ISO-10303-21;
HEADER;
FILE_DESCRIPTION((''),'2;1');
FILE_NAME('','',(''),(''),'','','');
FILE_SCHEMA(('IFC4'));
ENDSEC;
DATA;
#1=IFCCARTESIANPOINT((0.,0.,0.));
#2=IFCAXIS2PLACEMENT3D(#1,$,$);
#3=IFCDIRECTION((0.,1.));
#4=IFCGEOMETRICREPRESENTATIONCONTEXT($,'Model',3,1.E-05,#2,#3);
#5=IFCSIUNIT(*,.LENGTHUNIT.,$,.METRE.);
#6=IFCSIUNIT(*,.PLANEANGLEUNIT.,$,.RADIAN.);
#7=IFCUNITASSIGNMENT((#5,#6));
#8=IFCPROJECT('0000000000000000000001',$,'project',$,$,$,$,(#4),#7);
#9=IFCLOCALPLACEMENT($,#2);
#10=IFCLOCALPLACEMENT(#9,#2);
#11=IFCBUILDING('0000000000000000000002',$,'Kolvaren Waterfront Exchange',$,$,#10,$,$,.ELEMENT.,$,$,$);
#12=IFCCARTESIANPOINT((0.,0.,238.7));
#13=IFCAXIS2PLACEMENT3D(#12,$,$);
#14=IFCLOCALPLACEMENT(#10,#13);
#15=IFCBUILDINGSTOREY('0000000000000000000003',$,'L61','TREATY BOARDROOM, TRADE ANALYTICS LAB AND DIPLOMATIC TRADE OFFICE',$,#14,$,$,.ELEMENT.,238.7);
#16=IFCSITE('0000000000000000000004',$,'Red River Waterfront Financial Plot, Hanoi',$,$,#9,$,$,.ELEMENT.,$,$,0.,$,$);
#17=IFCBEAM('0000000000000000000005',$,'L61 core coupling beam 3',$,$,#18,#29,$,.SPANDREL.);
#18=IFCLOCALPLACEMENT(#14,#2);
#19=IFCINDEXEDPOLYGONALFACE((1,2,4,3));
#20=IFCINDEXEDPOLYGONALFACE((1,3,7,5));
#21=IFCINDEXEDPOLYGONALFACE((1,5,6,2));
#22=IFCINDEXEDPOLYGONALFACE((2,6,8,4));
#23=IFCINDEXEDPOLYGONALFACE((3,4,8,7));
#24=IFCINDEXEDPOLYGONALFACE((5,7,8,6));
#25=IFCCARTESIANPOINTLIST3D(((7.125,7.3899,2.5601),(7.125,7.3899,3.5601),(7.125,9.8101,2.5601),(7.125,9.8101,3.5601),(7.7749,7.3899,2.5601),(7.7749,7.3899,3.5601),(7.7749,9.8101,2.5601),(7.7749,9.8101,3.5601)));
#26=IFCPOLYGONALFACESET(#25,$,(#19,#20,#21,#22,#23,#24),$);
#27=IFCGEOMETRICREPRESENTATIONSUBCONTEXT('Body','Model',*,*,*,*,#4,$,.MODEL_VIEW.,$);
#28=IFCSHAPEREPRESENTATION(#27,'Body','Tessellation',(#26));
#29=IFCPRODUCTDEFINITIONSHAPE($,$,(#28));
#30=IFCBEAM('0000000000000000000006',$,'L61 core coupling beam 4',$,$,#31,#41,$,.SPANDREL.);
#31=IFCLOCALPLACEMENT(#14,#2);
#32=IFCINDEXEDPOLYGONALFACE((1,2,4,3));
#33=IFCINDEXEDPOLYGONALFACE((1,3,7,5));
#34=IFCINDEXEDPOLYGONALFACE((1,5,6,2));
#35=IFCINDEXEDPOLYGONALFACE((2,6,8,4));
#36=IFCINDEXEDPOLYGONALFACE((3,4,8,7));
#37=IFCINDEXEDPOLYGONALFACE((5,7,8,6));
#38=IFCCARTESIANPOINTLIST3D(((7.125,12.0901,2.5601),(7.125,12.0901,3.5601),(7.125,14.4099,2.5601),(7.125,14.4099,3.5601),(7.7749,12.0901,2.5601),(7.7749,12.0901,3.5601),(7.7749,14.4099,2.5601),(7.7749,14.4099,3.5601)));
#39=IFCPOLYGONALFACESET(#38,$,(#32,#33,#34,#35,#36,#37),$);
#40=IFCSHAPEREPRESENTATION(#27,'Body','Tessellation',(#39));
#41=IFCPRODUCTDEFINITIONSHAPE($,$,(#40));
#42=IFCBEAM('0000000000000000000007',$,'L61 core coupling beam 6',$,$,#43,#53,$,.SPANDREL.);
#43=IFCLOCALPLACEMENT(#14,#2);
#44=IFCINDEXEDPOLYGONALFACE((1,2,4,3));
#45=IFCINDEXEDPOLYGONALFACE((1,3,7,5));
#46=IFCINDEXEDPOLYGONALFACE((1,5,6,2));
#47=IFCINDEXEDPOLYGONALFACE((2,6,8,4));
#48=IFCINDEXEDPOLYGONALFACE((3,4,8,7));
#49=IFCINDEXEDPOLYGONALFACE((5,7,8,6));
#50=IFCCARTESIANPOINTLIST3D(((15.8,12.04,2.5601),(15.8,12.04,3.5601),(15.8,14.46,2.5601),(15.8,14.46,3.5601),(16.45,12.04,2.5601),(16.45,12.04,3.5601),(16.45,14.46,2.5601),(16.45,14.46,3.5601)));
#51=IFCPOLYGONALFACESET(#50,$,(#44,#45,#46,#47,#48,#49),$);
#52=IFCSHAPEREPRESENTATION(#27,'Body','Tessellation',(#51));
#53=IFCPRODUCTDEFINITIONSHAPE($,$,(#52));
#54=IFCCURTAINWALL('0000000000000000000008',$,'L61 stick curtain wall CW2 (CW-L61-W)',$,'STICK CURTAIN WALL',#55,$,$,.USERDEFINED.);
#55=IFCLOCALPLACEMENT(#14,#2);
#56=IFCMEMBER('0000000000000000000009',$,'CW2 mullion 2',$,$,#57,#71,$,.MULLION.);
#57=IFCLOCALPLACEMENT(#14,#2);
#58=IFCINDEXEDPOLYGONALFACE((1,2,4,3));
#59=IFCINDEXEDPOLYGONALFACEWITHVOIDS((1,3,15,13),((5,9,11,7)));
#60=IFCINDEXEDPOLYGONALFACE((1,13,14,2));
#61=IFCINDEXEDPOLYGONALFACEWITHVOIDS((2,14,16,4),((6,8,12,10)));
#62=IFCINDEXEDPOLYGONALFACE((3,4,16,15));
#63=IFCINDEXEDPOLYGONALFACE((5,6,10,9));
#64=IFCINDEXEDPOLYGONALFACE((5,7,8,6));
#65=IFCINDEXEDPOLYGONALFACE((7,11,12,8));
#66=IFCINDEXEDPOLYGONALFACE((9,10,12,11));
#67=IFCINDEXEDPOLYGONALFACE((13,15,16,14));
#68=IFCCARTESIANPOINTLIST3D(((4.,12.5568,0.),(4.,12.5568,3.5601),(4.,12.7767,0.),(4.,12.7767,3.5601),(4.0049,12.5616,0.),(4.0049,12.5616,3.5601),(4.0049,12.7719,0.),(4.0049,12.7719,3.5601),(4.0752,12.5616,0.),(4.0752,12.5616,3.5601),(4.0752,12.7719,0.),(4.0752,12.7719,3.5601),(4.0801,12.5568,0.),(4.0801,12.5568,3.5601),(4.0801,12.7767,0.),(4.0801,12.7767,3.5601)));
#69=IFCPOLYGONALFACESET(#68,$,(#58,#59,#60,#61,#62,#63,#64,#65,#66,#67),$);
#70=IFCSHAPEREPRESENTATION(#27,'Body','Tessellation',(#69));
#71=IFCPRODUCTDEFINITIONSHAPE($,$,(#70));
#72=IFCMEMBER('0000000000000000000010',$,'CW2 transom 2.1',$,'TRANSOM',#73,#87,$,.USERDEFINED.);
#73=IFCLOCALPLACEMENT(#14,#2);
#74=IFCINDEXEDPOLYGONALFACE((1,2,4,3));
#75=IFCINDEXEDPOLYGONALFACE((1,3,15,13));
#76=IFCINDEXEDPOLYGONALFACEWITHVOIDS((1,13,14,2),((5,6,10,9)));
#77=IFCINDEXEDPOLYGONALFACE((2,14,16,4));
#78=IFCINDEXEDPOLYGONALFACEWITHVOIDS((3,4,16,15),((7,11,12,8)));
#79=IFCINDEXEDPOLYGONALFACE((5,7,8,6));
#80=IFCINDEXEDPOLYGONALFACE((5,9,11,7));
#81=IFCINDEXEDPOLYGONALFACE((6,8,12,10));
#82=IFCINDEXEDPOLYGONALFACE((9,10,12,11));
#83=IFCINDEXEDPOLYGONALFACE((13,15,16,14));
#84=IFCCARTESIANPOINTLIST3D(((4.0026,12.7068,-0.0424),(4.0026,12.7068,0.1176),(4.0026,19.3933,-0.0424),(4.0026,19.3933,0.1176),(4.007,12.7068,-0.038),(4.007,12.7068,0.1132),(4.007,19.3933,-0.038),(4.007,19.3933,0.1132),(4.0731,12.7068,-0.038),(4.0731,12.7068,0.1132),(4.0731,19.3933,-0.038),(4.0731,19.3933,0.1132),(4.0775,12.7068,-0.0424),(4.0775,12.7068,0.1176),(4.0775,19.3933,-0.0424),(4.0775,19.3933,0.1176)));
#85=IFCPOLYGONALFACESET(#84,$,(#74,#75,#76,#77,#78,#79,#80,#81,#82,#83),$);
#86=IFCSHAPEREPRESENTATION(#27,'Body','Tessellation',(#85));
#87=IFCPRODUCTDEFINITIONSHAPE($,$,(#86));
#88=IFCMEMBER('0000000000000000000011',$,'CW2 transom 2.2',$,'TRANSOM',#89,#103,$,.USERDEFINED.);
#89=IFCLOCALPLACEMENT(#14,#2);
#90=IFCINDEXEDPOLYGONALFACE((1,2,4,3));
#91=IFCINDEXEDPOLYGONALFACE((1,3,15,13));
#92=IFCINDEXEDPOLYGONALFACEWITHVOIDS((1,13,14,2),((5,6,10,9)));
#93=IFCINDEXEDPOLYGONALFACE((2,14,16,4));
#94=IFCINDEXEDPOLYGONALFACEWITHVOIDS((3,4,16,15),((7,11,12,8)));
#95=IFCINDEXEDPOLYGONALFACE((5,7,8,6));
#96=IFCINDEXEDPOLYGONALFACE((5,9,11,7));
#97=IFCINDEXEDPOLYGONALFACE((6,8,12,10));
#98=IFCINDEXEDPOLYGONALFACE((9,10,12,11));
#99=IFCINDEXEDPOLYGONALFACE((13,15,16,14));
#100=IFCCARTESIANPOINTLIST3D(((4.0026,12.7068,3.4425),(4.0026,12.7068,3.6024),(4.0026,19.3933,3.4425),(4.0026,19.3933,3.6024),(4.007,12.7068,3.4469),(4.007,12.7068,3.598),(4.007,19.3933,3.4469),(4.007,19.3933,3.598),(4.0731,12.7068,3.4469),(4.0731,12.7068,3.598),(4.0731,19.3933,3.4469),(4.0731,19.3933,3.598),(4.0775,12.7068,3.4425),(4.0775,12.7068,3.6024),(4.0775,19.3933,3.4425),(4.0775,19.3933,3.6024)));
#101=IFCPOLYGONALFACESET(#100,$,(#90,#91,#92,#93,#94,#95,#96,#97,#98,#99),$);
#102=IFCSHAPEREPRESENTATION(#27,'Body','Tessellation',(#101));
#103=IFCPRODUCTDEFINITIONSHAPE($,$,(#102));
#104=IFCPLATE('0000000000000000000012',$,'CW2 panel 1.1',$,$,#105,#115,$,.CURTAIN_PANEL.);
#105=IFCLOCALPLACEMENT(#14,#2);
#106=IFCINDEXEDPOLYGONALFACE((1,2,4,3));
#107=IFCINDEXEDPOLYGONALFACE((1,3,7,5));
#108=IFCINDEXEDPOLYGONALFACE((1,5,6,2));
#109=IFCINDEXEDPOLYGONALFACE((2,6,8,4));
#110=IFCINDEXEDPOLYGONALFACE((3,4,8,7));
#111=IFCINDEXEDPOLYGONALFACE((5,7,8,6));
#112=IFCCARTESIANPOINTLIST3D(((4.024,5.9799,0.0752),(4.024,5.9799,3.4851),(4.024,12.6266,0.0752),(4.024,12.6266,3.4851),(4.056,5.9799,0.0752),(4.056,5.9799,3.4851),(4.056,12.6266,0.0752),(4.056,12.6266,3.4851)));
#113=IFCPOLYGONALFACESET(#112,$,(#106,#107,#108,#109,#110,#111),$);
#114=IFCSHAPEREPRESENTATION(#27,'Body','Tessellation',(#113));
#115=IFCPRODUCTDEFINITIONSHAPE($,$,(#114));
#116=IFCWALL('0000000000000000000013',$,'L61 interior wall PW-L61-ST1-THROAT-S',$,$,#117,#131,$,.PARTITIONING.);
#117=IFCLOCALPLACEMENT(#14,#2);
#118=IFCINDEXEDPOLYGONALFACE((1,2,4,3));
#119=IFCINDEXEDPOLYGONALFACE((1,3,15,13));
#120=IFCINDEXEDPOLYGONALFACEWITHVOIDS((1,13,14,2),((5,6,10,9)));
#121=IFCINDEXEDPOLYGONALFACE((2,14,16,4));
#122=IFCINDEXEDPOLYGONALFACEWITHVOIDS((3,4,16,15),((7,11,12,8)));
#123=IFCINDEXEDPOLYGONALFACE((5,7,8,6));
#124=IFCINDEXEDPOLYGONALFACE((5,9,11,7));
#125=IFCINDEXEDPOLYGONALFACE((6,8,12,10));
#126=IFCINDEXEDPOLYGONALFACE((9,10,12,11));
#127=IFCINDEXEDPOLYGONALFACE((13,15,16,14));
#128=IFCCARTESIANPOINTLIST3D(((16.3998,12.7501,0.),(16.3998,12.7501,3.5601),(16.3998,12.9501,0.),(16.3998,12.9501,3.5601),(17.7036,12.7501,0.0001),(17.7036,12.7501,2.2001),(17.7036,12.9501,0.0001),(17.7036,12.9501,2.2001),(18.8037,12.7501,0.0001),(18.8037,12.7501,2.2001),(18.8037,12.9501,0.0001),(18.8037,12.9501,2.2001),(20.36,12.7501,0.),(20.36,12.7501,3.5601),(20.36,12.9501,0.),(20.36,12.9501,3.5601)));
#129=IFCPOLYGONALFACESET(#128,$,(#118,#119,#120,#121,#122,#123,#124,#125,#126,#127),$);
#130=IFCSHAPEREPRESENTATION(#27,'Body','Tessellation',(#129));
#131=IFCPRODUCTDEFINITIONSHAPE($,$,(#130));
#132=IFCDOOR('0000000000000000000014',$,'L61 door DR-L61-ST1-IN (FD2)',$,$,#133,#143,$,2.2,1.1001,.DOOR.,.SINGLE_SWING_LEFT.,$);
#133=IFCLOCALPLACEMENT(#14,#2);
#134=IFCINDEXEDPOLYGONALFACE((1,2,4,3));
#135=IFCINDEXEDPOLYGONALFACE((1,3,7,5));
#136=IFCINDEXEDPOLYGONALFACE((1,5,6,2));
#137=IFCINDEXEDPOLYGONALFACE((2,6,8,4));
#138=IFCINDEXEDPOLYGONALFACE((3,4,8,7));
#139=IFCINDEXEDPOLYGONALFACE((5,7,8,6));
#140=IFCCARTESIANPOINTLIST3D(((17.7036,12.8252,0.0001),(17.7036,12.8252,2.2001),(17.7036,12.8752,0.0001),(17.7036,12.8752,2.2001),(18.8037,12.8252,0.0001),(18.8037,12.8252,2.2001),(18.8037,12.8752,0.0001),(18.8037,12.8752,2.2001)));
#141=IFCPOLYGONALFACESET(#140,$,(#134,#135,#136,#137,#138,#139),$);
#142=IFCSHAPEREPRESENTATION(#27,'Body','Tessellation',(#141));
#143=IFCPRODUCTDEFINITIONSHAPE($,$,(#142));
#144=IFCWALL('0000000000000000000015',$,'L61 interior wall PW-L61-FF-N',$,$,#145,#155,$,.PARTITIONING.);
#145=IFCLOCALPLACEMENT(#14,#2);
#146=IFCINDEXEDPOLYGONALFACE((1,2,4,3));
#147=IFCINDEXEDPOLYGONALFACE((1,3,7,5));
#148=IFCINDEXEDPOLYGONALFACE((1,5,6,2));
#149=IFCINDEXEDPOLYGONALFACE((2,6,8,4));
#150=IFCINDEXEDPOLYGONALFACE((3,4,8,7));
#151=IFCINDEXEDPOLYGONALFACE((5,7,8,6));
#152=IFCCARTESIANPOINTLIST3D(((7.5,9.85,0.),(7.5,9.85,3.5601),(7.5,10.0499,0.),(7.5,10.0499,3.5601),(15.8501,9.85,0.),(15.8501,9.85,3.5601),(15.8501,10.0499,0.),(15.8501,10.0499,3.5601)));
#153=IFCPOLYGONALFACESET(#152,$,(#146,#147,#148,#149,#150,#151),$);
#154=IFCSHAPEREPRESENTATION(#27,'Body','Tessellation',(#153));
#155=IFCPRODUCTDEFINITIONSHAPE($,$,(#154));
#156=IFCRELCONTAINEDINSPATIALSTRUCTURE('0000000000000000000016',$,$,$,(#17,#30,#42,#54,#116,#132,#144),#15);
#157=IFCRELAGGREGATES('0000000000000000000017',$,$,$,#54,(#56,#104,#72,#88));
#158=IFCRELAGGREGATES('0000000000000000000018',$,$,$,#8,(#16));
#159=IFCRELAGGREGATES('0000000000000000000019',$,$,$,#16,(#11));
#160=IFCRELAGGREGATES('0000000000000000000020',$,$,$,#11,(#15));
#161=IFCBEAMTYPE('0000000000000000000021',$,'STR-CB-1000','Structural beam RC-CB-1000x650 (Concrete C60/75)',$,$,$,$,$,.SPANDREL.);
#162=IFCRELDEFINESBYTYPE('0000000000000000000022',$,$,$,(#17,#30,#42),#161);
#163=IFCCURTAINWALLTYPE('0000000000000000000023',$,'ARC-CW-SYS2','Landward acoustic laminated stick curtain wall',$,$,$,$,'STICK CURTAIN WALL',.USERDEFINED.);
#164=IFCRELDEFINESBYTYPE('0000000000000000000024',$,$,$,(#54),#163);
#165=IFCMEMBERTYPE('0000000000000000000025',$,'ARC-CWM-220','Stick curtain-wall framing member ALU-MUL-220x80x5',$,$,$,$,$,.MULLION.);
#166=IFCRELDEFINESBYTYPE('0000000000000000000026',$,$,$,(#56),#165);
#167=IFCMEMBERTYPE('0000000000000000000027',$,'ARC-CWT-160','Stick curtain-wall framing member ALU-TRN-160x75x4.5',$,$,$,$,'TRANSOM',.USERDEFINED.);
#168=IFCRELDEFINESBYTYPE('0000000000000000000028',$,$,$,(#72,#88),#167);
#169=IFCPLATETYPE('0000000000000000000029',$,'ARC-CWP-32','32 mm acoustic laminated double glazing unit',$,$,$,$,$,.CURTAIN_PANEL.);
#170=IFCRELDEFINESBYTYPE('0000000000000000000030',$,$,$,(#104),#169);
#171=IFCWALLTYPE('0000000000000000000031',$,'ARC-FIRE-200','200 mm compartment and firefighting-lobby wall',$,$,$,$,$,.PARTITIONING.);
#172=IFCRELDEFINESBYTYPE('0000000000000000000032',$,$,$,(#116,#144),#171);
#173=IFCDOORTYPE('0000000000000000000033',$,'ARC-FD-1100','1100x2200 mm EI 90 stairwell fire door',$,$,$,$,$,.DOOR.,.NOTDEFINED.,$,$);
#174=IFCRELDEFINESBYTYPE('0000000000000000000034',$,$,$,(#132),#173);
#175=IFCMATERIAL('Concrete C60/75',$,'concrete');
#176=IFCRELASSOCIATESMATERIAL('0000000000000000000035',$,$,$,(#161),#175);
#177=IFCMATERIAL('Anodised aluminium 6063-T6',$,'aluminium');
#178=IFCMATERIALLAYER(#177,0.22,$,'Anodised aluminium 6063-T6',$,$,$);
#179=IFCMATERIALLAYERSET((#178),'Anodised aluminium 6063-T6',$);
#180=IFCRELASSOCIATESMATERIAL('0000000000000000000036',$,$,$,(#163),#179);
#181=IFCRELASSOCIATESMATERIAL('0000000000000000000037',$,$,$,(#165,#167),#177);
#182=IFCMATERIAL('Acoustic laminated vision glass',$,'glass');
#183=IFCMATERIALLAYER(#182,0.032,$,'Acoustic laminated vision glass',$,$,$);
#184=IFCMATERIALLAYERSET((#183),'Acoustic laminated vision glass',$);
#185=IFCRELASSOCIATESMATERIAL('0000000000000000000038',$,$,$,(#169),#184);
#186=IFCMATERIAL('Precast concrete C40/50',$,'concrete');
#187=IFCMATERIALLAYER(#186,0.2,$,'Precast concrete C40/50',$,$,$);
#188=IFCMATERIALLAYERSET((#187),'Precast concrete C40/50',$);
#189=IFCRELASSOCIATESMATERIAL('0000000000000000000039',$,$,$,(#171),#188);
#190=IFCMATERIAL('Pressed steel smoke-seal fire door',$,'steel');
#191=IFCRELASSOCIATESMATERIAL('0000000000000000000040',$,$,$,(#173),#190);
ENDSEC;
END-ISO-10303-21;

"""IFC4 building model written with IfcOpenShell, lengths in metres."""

from ifc_helpers import new_model, si_unit, direction, frame, frame_2d, origin, origin_with_axes, origin_2d, place, context, subcontext, project, spatial, rectangle, hollow_rectangle, extrude, source, transform, mapped, material, layer, layer_set, material_profile, profile_set, type_object, element, fill, aggregate, save


model = new_model("IFC4")

# Units and contexts
model_context = context("Model", 3, precision=1e-05, world=origin(), true_north=direction((0.0, 1.0)))
body_context = subcontext(model_context, "Body", "Model", "MODEL_VIEW")
ifc_project = project(units=[si_unit("LENGTHUNIT", "METRE"), si_unit("PLANEANGLEUNIT", "RADIAN")], contexts=[model_context])

# Site, building, storey
site_placement = place(None, origin())
site = spatial("IfcSite", under=ifc_project, at=site_placement, Name="Red River Waterfront Financial Plot, Hanoi", CompositionType="ELEMENT", RefElevation=0.0)
building_placement = place(site_placement, origin())
building = spatial("IfcBuilding", under=site, at=building_placement, Name="Kolvaren Waterfront Exchange", CompositionType="ELEMENT")
storey_placement = place(building_placement, frame((0.0, 0.0, 238.7)))
storey = spatial("IfcBuildingStorey", under=building, at=storey_placement, Name="L61", Description="TREATY BOARDROOM, TRADE ANALYTICS LAB AND DIPLOMATIC TRADE OFFICE", CompositionType="ELEMENT", Elevation=238.7)

# Beams
ifc_material_1 = material(Name="Concrete C60/75", Category="concrete")
ifc_material_profile_1 = material_profile(ifc_material_1, rectangle(XDim=0.6499, YDim=1.0, at=origin_2d()), Name="RC-CB-1000x650")
ifc_profile_set_1 = profile_set([ifc_material_profile_1], Name="Concrete C60/75")
beam_type = type_object("IfcBeamType", Name="STR-CB-1000", Description="Structural beam RC-CB-1000x650 (Concrete C60/75)", PredefinedType="SPANDREL", material=ifc_profile_set_1)
beam_1_placement = place(storey_placement, frame((7.45, 7.3899, 3.0601), z_axis=(0.0, 1.0, 0.0), x_axis=(-1.0, 0.0, 0.0)))
element("IfcBeam", 1, at=beam_1_placement, inside=storey, type_object=beam_type, Name="L61 core coupling beam 3", PredefinedType="SPANDREL", context=body_context, shape_type="SweptSolid", body=[
    extrude(rectangle(XDim=0.6499, YDim=1.0, at=origin_2d()), origin(), (0.0, 0.0, 1.0), 2.4202),
])
beam_2_placement = place(storey_placement, frame((7.45, 12.0901, 3.0601), z_axis=(0.0, 1.0, 0.0), x_axis=(-1.0, 0.0, 0.0)))
element("IfcBeam", 2, at=beam_2_placement, inside=storey, type_object=beam_type, Name="L61 core coupling beam 4", PredefinedType="SPANDREL", context=body_context, shape_type="SweptSolid", body=[
    extrude(rectangle(XDim=0.6499, YDim=1.0, at=origin_2d()), origin(), (0.0, 0.0, 1.0), 2.3198),
])
beam_3_placement = place(storey_placement, frame((16.125, 12.04, 3.0601), z_axis=(0.0, 1.0, 0.0), x_axis=(-1.0, 0.0, 0.0)))
element("IfcBeam", 3, at=beam_3_placement, inside=storey, type_object=beam_type, Name="L61 core coupling beam 6", PredefinedType="SPANDREL", context=body_context, shape_type="SweptSolid", body=[
    extrude(rectangle(XDim=0.6499, YDim=1.0, at=origin_2d()), origin(), (0.0, 0.0, 1.0), 2.4199),
])

# Curtain wall, members, plate
ifc_material_2 = material(Name="Anodised aluminium 6063-T6", Category="aluminium")
ifc_layer_1 = layer(ifc_material_2, 0.22, Name="Anodised aluminium 6063-T6")
ifc_layer_set_1 = layer_set([ifc_layer_1], Name="Anodised aluminium 6063-T6")
curtain_wall_type = type_object("IfcCurtainWallType", Name="ARC-CW-SYS2", Description="Landward acoustic laminated stick curtain wall", ElementType="STICK CURTAIN WALL", PredefinedType="USERDEFINED", material=ifc_layer_set_1)
curtain_wall_placement = place(storey_placement, origin())
curtain_wall = element("IfcCurtainWall", 4, at=curtain_wall_placement, inside=storey, type_object=curtain_wall_type, Name="L61 stick curtain wall CW2 (CW-L61-W)", ObjectType="STICK CURTAIN WALL", PredefinedType="USERDEFINED")
ifc_material_profile_2 = material_profile(ifc_material_2, hollow_rectangle(XDim=0.0801, YDim=0.22, WallThickness=0.0049, at=origin_2d()), Name="ALU-MUL-220x80x5")
ifc_profile_set_2 = profile_set([ifc_material_profile_2], Name="Anodised aluminium 6063-T6")
member_type_1 = type_object("IfcMemberType", Name="ARC-CWM-220", Description="Stick curtain-wall framing member ALU-MUL-220x80x5", PredefinedType="MULLION", material=ifc_profile_set_2)
shared_shape_1 = source(origin_with_axes(), body_context, "Body", "SweptSolid", [
    extrude(hollow_rectangle(XDim=0.0801, YDim=0.22, WallThickness=0.0049, at=origin_2d()), origin(), (0.0, 0.0, 1.0), 3.5601),
])
member_1_placement = place(storey_placement, frame((4.04, 12.6667, 0.0), z_axis=(0.0, 0.0, 1.0), x_axis=(-1.0, 0.0, 0.0)))
member_1 = element("IfcMember", 5, at=member_1_placement, type_object=member_type_1, Name="CW2 mullion 2", PredefinedType="MULLION", context=body_context, shape_type="MappedRepresentation", body=[
    mapped(shared_shape_1, transform((0.0, 0.0, 0.0), x_axis=(1.0, 0.0, 0.0), y_axis=(0.0, 1.0, 0.0), z_axis=(0.0, 0.0, 1.0), scale=1.0)),
])
ifc_material_profile_3 = material_profile(ifc_material_2, hollow_rectangle(XDim=0.075, YDim=0.1599, WallThickness=0.0044, at=origin_2d()), Name="ALU-TRN-160x75x4.5")
ifc_profile_set_3 = profile_set([ifc_material_profile_3], Name="Anodised aluminium 6063-T6")
member_type_2 = type_object("IfcMemberType", Name="ARC-CWT-160", Description="Stick curtain-wall framing member ALU-TRN-160x75x4.5", ElementType="TRANSOM", PredefinedType="USERDEFINED", material=ifc_profile_set_3)
shared_shape_2 = source(origin_with_axes(), body_context, "Body", "SweptSolid", [
    extrude(hollow_rectangle(XDim=0.075, YDim=0.1599, WallThickness=0.0044, at=origin_2d()), origin(), (0.0, 0.0, 1.0), 6.6865),
])
member_2_placement = place(storey_placement, frame((4.04, 12.7068, 0.0376), z_axis=(0.0, 1.0, 0.0), x_axis=(-1.0, 0.0, 0.0)))
member_2 = element("IfcMember", 6, at=member_2_placement, type_object=member_type_2, Name="CW2 transom 2.1", ObjectType="TRANSOM", PredefinedType="USERDEFINED", context=body_context, shape_type="MappedRepresentation", body=[
    mapped(shared_shape_2, transform((0.0, 0.0, 0.0), x_axis=(1.0, 0.0, 0.0), y_axis=(0.0, 1.0, 0.0), z_axis=(0.0, 0.0, 1.0), scale=1.0)),
])
member_3_placement = place(storey_placement, frame((4.04, 12.7068, 3.5225), z_axis=(0.0, 1.0, 0.0), x_axis=(-1.0, 0.0, 0.0)))
member_3 = element("IfcMember", 7, at=member_3_placement, type_object=member_type_2, Name="CW2 transom 2.2", ObjectType="TRANSOM", PredefinedType="USERDEFINED", context=body_context, shape_type="MappedRepresentation", body=[
    mapped(shared_shape_2, transform((0.0, 0.0, 0.0), x_axis=(1.0, 0.0, 0.0), y_axis=(0.0, 1.0, 0.0), z_axis=(0.0, 0.0, 1.0), scale=1.0)),
])
ifc_material_3 = material(Name="Acoustic laminated vision glass", Category="glass")
ifc_layer_2 = layer(ifc_material_3, 0.032, Name="Acoustic laminated vision glass")
ifc_layer_set_2 = layer_set([ifc_layer_2], Name="Acoustic laminated vision glass")
plate_type = type_object("IfcPlateType", Name="ARC-CWP-32", Description="32 mm acoustic laminated double glazing unit", PredefinedType="CURTAIN_PANEL", material=ifc_layer_set_2)
shared_shape_3 = source(origin_with_axes(), body_context, "Body", "SweptSolid", [
    extrude(rectangle(XDim=6.6467, YDim=0.032, at=origin_2d()), origin(), (0.0, 0.0, 1.0), 3.4099),
])
plate_placement = place(storey_placement, frame((4.04, 9.3032, 0.0752), z_axis=(0.0, 0.0, 1.0), x_axis=(0.0, 1.0, 0.0)))
plate = element("IfcPlate", 8, at=plate_placement, type_object=plate_type, Name="CW2 panel 1.1", PredefinedType="CURTAIN_PANEL", context=body_context, shape_type="MappedRepresentation", body=[
    mapped(shared_shape_3, transform((0.0, 0.0, 0.0), x_axis=(1.0, 0.0, 0.0), y_axis=(0.0, 1.0, 0.0), z_axis=(0.0, 0.0, 1.0), scale=1.0)),
])
aggregate(curtain_wall, [member_1, plate, member_2, member_3])

# Wall, opening, door
ifc_material_4 = material(Name="Precast concrete C40/50", Category="concrete")
ifc_layer_3 = layer(ifc_material_4, 0.2, Name="Precast concrete C40/50")
ifc_layer_set_3 = layer_set([ifc_layer_3], Name="Precast concrete C40/50")
wall_type_1 = type_object("IfcWallType", Name="ARC-FIRE-200", Description="200 mm compartment and firefighting-lobby wall", PredefinedType="PARTITIONING", material=ifc_layer_set_3)
wall_1_placement = place(storey_placement, frame((16.3999, 12.8501, 0.0), z_axis=(0.0, 0.0, 1.0), x_axis=(1.0, 0.0, 0.0)))
wall_1 = element("IfcWall", 9, at=wall_1_placement, inside=storey, type_object=wall_type_1, Name="L61 interior wall PW-L61-ST1-THROAT-S", PredefinedType="PARTITIONING", context=body_context, shape_type="SweptSolid", body=[
    extrude(rectangle(XDim=3.9602, YDim=0.2, at=frame_2d((1.98, 0.0))), origin(), (0.0, 0.0, 1.0), 3.5601),
])
opening_1_placement = place(wall_1_placement, frame((1.3037, 0.0, 0.0)))
opening_1 = element("IfcOpeningElement", 10, at=opening_1_placement, cuts=wall_1, PredefinedType="OPENING", context=body_context, shape_type="SweptSolid", body=[
    extrude(rectangle(XDim=1.1001, YDim=2.2, at=frame_2d((0.55, 1.1001))), frame((0.0, 0.1099, 0.0), z_axis=(0.0, -1.0, 0.0), x_axis=(1.0, 0.0, 0.0)), (0.0, 0.0, 1.0), 0.22),
])
ifc_material_5 = material(Name="Pressed steel smoke-seal fire door", Category="steel")
door_type_1 = type_object("IfcDoorType", Name="ARC-FD-1100", Description="1100x2200 mm EI 90 stairwell fire door", OperationType="NOTDEFINED", PredefinedType="DOOR", material=ifc_material_5)
door_1_placement = place(opening_1_placement, frame((1.1001, 0.0, 0.0), z_axis=(0.0, 0.0, 1.0), x_axis=(-1.0, 0.0, 0.0)))
door_1 = element("IfcDoor", 11, at=door_1_placement, inside=storey, type_object=door_type_1, Name="L61 door DR-L61-ST1-IN (FD2)", OperationType="SINGLE_SWING_LEFT", OverallHeight=2.2, OverallWidth=1.1001, PredefinedType="DOOR", context=body_context, shape_type="SweptSolid", body=[
    extrude(rectangle(XDim=1.1001, YDim=2.2, at=frame_2d((0.55, 1.1001))), frame((0.0, 0.0249, 0.0), z_axis=(0.0, -1.0, 0.0), x_axis=(1.0, 0.0, 0.0)), (0.0, 0.0, 1.0), 0.05),
])
fill(opening_1, door_1)

# Wall
wall_2_placement = place(storey_placement, frame((7.5, 9.95, 0.0), z_axis=(0.0, 0.0, 1.0), x_axis=(1.0, 0.0, 0.0)))
element("IfcWall", 12, at=wall_2_placement, inside=storey, type_object=wall_type_1, Name="L61 interior wall PW-L61-FF-N", PredefinedType="PARTITIONING", context=body_context, shape_type="SweptSolid", body=[
    extrude(rectangle(XDim=8.3501, YDim=0.2, at=frame_2d((4.175, 0.0))), origin(), (0.0, 0.0, 1.0), 3.5601),
])

save(model, "model.ifc")
